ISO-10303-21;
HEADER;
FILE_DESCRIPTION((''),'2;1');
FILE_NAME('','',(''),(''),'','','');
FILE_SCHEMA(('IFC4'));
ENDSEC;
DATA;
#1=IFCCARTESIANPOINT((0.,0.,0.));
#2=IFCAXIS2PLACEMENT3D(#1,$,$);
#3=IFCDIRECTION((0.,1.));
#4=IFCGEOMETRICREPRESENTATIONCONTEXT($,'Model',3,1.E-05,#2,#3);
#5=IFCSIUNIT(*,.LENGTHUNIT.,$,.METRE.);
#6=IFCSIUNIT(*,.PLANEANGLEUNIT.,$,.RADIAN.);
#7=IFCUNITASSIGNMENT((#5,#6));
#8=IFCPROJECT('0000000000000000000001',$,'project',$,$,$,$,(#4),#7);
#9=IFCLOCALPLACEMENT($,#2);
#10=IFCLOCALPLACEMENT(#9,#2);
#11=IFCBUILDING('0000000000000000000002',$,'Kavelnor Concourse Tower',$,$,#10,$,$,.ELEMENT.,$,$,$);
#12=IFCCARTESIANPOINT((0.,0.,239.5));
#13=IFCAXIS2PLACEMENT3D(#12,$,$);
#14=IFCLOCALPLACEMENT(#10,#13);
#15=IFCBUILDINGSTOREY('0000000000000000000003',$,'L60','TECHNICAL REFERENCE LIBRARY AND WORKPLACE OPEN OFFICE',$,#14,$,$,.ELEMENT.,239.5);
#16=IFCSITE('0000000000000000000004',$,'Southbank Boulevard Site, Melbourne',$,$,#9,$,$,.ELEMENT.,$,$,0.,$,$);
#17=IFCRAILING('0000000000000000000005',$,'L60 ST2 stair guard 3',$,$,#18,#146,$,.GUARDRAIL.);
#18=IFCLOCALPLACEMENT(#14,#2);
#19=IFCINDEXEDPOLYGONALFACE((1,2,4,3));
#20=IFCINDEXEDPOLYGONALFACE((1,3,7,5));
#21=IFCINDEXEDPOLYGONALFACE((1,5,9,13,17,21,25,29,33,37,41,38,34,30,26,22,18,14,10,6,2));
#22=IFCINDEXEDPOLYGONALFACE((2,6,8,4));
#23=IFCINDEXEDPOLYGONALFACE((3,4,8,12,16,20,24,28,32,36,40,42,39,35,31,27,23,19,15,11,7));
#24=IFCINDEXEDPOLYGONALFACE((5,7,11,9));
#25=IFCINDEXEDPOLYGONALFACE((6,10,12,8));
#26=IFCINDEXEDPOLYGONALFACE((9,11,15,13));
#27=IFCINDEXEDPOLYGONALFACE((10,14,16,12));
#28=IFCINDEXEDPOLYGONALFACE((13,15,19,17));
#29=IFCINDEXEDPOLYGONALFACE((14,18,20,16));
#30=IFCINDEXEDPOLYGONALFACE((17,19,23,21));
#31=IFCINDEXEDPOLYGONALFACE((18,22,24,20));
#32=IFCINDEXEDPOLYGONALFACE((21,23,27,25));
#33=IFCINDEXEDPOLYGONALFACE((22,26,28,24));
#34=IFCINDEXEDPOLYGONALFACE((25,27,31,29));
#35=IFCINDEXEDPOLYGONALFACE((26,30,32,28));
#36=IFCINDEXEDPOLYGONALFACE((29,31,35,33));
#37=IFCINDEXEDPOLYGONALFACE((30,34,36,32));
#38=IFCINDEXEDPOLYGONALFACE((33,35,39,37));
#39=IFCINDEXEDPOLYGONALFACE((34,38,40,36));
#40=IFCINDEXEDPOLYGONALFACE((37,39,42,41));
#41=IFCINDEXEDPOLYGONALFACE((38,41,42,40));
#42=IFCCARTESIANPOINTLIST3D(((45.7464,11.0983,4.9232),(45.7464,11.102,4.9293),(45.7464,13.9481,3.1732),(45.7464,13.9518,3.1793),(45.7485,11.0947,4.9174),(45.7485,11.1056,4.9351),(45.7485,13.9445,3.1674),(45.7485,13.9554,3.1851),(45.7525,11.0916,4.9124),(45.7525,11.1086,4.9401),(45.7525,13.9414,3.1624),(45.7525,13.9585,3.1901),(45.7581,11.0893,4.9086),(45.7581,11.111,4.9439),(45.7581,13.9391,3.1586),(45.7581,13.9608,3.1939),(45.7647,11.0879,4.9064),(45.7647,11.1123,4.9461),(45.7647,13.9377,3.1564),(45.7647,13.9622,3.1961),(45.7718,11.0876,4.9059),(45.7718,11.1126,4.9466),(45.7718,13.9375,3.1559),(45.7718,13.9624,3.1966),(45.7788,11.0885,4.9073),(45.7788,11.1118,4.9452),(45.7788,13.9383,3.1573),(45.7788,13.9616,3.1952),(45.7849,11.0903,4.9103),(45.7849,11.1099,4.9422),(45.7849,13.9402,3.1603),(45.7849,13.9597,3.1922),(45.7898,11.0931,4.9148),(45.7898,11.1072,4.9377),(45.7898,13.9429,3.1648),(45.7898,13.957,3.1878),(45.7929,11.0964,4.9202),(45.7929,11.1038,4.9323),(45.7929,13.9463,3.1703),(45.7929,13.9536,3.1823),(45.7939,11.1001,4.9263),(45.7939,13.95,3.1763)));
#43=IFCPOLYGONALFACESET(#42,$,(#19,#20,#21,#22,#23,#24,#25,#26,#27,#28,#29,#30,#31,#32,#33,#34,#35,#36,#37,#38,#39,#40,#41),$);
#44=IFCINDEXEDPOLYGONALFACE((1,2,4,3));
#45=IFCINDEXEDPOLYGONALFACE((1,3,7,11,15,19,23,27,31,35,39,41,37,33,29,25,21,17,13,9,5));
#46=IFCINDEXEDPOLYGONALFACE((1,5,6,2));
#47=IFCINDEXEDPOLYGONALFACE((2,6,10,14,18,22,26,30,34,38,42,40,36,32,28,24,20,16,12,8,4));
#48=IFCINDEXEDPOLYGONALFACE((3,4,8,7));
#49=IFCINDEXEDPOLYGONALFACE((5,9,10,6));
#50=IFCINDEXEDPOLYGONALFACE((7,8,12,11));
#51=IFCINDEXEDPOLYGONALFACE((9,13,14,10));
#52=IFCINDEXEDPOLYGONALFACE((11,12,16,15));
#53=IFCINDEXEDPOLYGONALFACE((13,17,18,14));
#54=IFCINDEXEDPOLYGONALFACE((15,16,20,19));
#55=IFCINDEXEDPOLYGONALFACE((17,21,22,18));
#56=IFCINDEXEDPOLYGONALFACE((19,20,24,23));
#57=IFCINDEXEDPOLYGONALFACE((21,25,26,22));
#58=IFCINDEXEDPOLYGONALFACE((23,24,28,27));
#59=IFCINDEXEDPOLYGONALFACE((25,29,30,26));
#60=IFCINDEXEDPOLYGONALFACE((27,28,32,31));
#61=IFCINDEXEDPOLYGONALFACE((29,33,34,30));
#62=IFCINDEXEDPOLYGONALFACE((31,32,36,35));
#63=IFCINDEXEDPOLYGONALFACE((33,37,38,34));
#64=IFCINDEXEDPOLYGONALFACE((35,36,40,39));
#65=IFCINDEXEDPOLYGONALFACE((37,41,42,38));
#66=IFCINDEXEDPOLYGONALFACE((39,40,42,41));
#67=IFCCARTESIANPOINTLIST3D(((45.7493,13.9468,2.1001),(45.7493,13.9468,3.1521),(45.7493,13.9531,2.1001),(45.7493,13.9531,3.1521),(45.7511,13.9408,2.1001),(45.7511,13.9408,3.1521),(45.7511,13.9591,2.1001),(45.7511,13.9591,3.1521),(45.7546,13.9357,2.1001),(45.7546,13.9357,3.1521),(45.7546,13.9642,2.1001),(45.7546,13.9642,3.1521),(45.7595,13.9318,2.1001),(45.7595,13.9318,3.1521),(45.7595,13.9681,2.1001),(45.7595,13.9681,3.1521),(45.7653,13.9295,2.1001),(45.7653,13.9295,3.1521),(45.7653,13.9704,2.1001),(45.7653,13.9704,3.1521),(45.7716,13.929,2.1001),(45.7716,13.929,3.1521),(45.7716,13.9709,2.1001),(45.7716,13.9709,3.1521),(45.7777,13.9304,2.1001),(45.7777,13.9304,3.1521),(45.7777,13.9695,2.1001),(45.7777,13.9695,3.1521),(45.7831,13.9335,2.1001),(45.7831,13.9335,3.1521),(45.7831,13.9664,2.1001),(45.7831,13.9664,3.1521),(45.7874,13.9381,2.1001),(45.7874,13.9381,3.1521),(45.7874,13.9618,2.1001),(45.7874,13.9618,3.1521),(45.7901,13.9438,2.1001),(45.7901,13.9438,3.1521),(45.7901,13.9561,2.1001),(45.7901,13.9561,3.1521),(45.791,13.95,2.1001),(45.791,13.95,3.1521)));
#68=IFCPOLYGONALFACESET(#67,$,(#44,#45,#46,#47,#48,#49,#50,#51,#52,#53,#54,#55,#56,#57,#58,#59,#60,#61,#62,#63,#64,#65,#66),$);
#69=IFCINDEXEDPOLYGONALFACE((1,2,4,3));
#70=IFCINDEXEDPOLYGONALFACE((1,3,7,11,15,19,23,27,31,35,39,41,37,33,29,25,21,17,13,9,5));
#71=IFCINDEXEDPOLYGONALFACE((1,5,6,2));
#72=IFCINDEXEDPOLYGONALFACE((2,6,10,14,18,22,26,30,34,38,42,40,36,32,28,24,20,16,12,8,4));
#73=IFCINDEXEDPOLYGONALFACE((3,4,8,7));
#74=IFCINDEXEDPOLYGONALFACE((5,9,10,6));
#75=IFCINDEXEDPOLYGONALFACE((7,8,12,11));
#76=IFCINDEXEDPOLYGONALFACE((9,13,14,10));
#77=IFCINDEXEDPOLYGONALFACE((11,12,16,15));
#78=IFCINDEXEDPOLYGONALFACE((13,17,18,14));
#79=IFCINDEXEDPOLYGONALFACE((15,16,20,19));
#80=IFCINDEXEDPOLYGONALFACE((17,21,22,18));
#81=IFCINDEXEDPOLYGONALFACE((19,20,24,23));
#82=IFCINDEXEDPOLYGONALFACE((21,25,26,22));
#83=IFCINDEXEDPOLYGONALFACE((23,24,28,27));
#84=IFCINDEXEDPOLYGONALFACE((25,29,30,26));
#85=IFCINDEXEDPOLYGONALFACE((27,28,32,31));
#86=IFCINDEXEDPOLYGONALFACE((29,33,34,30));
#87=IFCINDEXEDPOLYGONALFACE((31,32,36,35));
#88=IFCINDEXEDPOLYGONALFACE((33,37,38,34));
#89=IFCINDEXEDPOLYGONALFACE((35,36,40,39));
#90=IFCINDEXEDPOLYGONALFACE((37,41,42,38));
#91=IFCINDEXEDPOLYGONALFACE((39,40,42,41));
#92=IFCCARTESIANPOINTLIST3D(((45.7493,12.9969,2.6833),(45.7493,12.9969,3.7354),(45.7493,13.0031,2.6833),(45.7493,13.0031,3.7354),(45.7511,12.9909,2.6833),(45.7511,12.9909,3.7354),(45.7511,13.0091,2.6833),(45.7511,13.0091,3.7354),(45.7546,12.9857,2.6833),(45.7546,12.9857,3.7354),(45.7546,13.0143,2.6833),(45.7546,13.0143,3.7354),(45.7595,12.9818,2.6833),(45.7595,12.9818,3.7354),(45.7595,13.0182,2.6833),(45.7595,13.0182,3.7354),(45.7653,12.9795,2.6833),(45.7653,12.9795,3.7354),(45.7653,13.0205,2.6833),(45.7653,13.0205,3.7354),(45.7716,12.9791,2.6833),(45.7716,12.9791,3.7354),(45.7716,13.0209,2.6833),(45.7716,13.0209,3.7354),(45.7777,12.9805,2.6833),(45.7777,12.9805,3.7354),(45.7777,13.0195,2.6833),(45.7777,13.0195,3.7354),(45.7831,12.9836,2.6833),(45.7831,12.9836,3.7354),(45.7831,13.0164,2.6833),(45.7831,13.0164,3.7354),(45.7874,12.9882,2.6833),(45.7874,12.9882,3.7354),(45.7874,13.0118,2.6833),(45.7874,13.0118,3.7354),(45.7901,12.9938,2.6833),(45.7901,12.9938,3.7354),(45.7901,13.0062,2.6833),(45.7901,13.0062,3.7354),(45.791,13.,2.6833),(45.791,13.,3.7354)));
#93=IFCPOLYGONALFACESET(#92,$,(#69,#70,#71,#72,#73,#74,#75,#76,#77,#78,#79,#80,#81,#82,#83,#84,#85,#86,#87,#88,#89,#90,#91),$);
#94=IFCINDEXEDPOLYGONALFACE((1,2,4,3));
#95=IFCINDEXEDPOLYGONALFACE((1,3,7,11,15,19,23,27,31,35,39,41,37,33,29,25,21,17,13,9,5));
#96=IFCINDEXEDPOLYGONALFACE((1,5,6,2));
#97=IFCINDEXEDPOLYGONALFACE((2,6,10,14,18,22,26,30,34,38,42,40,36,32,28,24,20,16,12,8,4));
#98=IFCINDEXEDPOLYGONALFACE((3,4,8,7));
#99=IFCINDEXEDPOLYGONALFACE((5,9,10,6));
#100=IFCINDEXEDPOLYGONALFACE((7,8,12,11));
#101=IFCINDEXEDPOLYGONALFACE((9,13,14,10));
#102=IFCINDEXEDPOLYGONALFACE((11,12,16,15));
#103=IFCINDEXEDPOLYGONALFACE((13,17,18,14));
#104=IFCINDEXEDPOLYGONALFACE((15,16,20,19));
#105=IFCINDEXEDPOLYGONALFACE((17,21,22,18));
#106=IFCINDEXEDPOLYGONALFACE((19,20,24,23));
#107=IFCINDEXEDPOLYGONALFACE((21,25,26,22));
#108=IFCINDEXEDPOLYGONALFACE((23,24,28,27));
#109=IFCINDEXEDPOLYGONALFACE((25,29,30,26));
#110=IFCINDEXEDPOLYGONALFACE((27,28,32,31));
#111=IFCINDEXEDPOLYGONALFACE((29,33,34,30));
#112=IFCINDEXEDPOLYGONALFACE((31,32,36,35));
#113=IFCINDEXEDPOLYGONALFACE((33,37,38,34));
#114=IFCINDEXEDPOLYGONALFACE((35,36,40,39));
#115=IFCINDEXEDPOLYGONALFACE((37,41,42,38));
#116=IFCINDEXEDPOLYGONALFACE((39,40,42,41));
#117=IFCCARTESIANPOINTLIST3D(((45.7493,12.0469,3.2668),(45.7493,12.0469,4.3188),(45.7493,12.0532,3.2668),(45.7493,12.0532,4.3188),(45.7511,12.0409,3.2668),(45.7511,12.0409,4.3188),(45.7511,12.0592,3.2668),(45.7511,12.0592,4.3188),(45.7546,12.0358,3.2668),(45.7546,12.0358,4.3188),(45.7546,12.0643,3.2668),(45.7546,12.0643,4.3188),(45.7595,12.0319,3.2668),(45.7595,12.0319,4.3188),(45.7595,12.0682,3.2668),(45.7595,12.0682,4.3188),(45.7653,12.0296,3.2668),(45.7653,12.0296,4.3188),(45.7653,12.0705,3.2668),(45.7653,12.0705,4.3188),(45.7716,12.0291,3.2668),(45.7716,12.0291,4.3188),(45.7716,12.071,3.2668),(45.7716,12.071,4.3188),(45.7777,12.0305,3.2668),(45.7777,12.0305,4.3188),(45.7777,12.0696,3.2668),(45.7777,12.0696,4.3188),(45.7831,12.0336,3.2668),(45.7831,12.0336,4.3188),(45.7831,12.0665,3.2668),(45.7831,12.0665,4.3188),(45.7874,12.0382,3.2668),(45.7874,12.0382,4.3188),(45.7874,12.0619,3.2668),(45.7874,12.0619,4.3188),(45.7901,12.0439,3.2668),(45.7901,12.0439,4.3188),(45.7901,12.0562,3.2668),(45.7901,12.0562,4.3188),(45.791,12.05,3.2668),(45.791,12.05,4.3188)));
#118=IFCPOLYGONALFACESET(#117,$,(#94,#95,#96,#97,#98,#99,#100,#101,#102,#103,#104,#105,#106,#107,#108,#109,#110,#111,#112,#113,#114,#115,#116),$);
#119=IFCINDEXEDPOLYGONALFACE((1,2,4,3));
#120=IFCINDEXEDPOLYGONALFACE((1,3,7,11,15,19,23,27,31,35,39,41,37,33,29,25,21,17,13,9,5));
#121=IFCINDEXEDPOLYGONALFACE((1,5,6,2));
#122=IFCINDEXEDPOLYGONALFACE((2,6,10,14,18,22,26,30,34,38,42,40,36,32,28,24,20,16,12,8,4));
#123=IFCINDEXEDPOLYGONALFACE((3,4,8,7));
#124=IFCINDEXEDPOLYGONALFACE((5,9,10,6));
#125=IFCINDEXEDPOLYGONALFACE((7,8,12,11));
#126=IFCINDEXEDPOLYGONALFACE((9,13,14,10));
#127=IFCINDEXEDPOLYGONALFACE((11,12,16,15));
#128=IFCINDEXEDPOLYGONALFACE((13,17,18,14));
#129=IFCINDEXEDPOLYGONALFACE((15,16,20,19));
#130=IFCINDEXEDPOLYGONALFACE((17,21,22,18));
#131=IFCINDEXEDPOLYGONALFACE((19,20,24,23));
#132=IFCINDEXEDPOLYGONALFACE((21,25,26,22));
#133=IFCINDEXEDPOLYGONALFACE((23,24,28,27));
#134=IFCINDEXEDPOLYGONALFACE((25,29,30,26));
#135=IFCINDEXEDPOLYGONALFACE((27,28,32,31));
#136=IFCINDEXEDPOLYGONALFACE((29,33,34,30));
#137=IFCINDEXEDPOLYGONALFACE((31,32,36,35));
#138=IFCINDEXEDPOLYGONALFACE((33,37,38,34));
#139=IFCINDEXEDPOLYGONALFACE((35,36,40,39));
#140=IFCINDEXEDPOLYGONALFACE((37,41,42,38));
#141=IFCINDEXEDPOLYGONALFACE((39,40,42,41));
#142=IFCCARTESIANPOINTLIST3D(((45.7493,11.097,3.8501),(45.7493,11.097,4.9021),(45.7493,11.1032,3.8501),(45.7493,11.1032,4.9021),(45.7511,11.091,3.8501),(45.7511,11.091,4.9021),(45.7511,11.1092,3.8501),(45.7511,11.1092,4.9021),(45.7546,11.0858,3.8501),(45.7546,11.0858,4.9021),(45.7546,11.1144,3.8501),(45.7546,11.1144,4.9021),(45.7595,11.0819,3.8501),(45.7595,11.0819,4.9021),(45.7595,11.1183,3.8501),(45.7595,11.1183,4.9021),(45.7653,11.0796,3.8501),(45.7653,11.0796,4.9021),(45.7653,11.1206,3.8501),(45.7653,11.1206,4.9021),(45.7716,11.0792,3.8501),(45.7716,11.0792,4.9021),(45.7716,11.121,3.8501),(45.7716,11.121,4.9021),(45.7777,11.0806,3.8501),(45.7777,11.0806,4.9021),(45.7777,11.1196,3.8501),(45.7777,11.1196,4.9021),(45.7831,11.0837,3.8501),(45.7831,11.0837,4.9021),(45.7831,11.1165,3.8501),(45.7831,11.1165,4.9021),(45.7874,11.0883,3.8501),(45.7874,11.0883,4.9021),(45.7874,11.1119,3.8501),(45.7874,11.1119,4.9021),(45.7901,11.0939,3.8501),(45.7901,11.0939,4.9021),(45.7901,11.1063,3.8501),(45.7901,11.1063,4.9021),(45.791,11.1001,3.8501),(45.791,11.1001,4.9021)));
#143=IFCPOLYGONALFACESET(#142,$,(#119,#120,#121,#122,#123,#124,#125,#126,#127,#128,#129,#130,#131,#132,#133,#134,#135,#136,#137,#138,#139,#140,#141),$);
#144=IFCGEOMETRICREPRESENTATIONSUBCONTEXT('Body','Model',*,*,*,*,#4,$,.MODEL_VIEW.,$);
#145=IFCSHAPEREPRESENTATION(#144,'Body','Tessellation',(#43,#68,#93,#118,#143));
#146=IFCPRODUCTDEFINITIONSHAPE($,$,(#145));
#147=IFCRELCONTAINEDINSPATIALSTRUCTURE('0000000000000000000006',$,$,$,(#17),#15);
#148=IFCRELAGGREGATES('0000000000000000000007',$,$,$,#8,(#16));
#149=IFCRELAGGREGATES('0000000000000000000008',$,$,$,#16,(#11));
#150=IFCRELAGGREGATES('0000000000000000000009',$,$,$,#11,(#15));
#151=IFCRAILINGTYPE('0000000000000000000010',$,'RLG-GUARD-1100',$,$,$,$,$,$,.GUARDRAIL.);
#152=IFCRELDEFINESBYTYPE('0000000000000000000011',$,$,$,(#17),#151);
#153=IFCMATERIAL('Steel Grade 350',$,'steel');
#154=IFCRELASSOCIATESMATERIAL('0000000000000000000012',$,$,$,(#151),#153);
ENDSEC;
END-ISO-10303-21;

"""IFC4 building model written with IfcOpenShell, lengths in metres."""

from ifc_helpers import new_model, si_unit, direction, frame, origin, origin_2d, place, context, subcontext, project, spatial, circle, extrude, material, type_object, element, save


model = new_model("IFC4")

# Units and contexts
model_context = context("Model", 3, precision=1e-05, world=origin(), true_north=direction((0.0, 1.0)))
body_context = subcontext(model_context, "Body", "Model", "MODEL_VIEW")
ifc_project = project(units=[si_unit("LENGTHUNIT", "METRE"), si_unit("PLANEANGLEUNIT", "RADIAN")], contexts=[model_context])

# Site, building, storey
site_placement = place(None, origin())
site = spatial("IfcSite", under=ifc_project, at=site_placement, Name="Southbank Boulevard Site, Melbourne", CompositionType="ELEMENT", RefElevation=0.0)
building_placement = place(site_placement, origin())
building = spatial("IfcBuilding", under=site, at=building_placement, Name="Kavelnor Concourse Tower", CompositionType="ELEMENT")
storey_placement = place(building_placement, frame((0.0, 0.0, 239.5)))
storey = spatial("IfcBuildingStorey", under=building, at=storey_placement, Name="L60", Description="TECHNICAL REFERENCE LIBRARY AND WORKPLACE OPEN OFFICE", CompositionType="ELEMENT", Elevation=239.5)

# Shared definitions
ifc_material_1 = material(Name="Steel Grade 350", Category="steel")

# Railing
railing_type_1 = type_object("IfcRailingType", Name="RLG-GUARD-1100", PredefinedType="GUARDRAIL", material=ifc_material_1)
railing_1_placement = place(storey_placement, frame((45.77, 13.95, 2.1001)))
element("IfcRailing", 1, at=railing_1_placement, inside=storey, type_object=railing_type_1, Name="L60 ST2 stair guard 3", PredefinedType="GUARDRAIL", context=body_context, shape_type="SweptSolid", body=[
    extrude(circle(Radius=0.0239, at=origin_2d()), frame((0.0, 0.0, 1.0762), z_axis=(0.0, -0.852159, 0.523283), x_axis=(1.0, 0.0, 0.0)), (0.0, 0.0, 1.0), 3.3442),
    extrude(circle(Radius=0.021, at=origin_2d()), origin(), (0.0, 0.0, 1.0), 1.052),
    extrude(circle(Radius=0.021, at=origin_2d()), frame((0.0, -0.95, 0.5833)), (0.0, 0.0, 1.0), 1.052),
    extrude(circle(Radius=0.021, at=origin_2d()), frame((0.0, -1.8999, 1.1667)), (0.0, 0.0, 1.0), 1.052),
    extrude(circle(Radius=0.021, at=origin_2d()), frame((0.0, -2.8499, 1.75)), (0.0, 0.0, 1.0), 1.052),
])

save(model, "model.ifc")
